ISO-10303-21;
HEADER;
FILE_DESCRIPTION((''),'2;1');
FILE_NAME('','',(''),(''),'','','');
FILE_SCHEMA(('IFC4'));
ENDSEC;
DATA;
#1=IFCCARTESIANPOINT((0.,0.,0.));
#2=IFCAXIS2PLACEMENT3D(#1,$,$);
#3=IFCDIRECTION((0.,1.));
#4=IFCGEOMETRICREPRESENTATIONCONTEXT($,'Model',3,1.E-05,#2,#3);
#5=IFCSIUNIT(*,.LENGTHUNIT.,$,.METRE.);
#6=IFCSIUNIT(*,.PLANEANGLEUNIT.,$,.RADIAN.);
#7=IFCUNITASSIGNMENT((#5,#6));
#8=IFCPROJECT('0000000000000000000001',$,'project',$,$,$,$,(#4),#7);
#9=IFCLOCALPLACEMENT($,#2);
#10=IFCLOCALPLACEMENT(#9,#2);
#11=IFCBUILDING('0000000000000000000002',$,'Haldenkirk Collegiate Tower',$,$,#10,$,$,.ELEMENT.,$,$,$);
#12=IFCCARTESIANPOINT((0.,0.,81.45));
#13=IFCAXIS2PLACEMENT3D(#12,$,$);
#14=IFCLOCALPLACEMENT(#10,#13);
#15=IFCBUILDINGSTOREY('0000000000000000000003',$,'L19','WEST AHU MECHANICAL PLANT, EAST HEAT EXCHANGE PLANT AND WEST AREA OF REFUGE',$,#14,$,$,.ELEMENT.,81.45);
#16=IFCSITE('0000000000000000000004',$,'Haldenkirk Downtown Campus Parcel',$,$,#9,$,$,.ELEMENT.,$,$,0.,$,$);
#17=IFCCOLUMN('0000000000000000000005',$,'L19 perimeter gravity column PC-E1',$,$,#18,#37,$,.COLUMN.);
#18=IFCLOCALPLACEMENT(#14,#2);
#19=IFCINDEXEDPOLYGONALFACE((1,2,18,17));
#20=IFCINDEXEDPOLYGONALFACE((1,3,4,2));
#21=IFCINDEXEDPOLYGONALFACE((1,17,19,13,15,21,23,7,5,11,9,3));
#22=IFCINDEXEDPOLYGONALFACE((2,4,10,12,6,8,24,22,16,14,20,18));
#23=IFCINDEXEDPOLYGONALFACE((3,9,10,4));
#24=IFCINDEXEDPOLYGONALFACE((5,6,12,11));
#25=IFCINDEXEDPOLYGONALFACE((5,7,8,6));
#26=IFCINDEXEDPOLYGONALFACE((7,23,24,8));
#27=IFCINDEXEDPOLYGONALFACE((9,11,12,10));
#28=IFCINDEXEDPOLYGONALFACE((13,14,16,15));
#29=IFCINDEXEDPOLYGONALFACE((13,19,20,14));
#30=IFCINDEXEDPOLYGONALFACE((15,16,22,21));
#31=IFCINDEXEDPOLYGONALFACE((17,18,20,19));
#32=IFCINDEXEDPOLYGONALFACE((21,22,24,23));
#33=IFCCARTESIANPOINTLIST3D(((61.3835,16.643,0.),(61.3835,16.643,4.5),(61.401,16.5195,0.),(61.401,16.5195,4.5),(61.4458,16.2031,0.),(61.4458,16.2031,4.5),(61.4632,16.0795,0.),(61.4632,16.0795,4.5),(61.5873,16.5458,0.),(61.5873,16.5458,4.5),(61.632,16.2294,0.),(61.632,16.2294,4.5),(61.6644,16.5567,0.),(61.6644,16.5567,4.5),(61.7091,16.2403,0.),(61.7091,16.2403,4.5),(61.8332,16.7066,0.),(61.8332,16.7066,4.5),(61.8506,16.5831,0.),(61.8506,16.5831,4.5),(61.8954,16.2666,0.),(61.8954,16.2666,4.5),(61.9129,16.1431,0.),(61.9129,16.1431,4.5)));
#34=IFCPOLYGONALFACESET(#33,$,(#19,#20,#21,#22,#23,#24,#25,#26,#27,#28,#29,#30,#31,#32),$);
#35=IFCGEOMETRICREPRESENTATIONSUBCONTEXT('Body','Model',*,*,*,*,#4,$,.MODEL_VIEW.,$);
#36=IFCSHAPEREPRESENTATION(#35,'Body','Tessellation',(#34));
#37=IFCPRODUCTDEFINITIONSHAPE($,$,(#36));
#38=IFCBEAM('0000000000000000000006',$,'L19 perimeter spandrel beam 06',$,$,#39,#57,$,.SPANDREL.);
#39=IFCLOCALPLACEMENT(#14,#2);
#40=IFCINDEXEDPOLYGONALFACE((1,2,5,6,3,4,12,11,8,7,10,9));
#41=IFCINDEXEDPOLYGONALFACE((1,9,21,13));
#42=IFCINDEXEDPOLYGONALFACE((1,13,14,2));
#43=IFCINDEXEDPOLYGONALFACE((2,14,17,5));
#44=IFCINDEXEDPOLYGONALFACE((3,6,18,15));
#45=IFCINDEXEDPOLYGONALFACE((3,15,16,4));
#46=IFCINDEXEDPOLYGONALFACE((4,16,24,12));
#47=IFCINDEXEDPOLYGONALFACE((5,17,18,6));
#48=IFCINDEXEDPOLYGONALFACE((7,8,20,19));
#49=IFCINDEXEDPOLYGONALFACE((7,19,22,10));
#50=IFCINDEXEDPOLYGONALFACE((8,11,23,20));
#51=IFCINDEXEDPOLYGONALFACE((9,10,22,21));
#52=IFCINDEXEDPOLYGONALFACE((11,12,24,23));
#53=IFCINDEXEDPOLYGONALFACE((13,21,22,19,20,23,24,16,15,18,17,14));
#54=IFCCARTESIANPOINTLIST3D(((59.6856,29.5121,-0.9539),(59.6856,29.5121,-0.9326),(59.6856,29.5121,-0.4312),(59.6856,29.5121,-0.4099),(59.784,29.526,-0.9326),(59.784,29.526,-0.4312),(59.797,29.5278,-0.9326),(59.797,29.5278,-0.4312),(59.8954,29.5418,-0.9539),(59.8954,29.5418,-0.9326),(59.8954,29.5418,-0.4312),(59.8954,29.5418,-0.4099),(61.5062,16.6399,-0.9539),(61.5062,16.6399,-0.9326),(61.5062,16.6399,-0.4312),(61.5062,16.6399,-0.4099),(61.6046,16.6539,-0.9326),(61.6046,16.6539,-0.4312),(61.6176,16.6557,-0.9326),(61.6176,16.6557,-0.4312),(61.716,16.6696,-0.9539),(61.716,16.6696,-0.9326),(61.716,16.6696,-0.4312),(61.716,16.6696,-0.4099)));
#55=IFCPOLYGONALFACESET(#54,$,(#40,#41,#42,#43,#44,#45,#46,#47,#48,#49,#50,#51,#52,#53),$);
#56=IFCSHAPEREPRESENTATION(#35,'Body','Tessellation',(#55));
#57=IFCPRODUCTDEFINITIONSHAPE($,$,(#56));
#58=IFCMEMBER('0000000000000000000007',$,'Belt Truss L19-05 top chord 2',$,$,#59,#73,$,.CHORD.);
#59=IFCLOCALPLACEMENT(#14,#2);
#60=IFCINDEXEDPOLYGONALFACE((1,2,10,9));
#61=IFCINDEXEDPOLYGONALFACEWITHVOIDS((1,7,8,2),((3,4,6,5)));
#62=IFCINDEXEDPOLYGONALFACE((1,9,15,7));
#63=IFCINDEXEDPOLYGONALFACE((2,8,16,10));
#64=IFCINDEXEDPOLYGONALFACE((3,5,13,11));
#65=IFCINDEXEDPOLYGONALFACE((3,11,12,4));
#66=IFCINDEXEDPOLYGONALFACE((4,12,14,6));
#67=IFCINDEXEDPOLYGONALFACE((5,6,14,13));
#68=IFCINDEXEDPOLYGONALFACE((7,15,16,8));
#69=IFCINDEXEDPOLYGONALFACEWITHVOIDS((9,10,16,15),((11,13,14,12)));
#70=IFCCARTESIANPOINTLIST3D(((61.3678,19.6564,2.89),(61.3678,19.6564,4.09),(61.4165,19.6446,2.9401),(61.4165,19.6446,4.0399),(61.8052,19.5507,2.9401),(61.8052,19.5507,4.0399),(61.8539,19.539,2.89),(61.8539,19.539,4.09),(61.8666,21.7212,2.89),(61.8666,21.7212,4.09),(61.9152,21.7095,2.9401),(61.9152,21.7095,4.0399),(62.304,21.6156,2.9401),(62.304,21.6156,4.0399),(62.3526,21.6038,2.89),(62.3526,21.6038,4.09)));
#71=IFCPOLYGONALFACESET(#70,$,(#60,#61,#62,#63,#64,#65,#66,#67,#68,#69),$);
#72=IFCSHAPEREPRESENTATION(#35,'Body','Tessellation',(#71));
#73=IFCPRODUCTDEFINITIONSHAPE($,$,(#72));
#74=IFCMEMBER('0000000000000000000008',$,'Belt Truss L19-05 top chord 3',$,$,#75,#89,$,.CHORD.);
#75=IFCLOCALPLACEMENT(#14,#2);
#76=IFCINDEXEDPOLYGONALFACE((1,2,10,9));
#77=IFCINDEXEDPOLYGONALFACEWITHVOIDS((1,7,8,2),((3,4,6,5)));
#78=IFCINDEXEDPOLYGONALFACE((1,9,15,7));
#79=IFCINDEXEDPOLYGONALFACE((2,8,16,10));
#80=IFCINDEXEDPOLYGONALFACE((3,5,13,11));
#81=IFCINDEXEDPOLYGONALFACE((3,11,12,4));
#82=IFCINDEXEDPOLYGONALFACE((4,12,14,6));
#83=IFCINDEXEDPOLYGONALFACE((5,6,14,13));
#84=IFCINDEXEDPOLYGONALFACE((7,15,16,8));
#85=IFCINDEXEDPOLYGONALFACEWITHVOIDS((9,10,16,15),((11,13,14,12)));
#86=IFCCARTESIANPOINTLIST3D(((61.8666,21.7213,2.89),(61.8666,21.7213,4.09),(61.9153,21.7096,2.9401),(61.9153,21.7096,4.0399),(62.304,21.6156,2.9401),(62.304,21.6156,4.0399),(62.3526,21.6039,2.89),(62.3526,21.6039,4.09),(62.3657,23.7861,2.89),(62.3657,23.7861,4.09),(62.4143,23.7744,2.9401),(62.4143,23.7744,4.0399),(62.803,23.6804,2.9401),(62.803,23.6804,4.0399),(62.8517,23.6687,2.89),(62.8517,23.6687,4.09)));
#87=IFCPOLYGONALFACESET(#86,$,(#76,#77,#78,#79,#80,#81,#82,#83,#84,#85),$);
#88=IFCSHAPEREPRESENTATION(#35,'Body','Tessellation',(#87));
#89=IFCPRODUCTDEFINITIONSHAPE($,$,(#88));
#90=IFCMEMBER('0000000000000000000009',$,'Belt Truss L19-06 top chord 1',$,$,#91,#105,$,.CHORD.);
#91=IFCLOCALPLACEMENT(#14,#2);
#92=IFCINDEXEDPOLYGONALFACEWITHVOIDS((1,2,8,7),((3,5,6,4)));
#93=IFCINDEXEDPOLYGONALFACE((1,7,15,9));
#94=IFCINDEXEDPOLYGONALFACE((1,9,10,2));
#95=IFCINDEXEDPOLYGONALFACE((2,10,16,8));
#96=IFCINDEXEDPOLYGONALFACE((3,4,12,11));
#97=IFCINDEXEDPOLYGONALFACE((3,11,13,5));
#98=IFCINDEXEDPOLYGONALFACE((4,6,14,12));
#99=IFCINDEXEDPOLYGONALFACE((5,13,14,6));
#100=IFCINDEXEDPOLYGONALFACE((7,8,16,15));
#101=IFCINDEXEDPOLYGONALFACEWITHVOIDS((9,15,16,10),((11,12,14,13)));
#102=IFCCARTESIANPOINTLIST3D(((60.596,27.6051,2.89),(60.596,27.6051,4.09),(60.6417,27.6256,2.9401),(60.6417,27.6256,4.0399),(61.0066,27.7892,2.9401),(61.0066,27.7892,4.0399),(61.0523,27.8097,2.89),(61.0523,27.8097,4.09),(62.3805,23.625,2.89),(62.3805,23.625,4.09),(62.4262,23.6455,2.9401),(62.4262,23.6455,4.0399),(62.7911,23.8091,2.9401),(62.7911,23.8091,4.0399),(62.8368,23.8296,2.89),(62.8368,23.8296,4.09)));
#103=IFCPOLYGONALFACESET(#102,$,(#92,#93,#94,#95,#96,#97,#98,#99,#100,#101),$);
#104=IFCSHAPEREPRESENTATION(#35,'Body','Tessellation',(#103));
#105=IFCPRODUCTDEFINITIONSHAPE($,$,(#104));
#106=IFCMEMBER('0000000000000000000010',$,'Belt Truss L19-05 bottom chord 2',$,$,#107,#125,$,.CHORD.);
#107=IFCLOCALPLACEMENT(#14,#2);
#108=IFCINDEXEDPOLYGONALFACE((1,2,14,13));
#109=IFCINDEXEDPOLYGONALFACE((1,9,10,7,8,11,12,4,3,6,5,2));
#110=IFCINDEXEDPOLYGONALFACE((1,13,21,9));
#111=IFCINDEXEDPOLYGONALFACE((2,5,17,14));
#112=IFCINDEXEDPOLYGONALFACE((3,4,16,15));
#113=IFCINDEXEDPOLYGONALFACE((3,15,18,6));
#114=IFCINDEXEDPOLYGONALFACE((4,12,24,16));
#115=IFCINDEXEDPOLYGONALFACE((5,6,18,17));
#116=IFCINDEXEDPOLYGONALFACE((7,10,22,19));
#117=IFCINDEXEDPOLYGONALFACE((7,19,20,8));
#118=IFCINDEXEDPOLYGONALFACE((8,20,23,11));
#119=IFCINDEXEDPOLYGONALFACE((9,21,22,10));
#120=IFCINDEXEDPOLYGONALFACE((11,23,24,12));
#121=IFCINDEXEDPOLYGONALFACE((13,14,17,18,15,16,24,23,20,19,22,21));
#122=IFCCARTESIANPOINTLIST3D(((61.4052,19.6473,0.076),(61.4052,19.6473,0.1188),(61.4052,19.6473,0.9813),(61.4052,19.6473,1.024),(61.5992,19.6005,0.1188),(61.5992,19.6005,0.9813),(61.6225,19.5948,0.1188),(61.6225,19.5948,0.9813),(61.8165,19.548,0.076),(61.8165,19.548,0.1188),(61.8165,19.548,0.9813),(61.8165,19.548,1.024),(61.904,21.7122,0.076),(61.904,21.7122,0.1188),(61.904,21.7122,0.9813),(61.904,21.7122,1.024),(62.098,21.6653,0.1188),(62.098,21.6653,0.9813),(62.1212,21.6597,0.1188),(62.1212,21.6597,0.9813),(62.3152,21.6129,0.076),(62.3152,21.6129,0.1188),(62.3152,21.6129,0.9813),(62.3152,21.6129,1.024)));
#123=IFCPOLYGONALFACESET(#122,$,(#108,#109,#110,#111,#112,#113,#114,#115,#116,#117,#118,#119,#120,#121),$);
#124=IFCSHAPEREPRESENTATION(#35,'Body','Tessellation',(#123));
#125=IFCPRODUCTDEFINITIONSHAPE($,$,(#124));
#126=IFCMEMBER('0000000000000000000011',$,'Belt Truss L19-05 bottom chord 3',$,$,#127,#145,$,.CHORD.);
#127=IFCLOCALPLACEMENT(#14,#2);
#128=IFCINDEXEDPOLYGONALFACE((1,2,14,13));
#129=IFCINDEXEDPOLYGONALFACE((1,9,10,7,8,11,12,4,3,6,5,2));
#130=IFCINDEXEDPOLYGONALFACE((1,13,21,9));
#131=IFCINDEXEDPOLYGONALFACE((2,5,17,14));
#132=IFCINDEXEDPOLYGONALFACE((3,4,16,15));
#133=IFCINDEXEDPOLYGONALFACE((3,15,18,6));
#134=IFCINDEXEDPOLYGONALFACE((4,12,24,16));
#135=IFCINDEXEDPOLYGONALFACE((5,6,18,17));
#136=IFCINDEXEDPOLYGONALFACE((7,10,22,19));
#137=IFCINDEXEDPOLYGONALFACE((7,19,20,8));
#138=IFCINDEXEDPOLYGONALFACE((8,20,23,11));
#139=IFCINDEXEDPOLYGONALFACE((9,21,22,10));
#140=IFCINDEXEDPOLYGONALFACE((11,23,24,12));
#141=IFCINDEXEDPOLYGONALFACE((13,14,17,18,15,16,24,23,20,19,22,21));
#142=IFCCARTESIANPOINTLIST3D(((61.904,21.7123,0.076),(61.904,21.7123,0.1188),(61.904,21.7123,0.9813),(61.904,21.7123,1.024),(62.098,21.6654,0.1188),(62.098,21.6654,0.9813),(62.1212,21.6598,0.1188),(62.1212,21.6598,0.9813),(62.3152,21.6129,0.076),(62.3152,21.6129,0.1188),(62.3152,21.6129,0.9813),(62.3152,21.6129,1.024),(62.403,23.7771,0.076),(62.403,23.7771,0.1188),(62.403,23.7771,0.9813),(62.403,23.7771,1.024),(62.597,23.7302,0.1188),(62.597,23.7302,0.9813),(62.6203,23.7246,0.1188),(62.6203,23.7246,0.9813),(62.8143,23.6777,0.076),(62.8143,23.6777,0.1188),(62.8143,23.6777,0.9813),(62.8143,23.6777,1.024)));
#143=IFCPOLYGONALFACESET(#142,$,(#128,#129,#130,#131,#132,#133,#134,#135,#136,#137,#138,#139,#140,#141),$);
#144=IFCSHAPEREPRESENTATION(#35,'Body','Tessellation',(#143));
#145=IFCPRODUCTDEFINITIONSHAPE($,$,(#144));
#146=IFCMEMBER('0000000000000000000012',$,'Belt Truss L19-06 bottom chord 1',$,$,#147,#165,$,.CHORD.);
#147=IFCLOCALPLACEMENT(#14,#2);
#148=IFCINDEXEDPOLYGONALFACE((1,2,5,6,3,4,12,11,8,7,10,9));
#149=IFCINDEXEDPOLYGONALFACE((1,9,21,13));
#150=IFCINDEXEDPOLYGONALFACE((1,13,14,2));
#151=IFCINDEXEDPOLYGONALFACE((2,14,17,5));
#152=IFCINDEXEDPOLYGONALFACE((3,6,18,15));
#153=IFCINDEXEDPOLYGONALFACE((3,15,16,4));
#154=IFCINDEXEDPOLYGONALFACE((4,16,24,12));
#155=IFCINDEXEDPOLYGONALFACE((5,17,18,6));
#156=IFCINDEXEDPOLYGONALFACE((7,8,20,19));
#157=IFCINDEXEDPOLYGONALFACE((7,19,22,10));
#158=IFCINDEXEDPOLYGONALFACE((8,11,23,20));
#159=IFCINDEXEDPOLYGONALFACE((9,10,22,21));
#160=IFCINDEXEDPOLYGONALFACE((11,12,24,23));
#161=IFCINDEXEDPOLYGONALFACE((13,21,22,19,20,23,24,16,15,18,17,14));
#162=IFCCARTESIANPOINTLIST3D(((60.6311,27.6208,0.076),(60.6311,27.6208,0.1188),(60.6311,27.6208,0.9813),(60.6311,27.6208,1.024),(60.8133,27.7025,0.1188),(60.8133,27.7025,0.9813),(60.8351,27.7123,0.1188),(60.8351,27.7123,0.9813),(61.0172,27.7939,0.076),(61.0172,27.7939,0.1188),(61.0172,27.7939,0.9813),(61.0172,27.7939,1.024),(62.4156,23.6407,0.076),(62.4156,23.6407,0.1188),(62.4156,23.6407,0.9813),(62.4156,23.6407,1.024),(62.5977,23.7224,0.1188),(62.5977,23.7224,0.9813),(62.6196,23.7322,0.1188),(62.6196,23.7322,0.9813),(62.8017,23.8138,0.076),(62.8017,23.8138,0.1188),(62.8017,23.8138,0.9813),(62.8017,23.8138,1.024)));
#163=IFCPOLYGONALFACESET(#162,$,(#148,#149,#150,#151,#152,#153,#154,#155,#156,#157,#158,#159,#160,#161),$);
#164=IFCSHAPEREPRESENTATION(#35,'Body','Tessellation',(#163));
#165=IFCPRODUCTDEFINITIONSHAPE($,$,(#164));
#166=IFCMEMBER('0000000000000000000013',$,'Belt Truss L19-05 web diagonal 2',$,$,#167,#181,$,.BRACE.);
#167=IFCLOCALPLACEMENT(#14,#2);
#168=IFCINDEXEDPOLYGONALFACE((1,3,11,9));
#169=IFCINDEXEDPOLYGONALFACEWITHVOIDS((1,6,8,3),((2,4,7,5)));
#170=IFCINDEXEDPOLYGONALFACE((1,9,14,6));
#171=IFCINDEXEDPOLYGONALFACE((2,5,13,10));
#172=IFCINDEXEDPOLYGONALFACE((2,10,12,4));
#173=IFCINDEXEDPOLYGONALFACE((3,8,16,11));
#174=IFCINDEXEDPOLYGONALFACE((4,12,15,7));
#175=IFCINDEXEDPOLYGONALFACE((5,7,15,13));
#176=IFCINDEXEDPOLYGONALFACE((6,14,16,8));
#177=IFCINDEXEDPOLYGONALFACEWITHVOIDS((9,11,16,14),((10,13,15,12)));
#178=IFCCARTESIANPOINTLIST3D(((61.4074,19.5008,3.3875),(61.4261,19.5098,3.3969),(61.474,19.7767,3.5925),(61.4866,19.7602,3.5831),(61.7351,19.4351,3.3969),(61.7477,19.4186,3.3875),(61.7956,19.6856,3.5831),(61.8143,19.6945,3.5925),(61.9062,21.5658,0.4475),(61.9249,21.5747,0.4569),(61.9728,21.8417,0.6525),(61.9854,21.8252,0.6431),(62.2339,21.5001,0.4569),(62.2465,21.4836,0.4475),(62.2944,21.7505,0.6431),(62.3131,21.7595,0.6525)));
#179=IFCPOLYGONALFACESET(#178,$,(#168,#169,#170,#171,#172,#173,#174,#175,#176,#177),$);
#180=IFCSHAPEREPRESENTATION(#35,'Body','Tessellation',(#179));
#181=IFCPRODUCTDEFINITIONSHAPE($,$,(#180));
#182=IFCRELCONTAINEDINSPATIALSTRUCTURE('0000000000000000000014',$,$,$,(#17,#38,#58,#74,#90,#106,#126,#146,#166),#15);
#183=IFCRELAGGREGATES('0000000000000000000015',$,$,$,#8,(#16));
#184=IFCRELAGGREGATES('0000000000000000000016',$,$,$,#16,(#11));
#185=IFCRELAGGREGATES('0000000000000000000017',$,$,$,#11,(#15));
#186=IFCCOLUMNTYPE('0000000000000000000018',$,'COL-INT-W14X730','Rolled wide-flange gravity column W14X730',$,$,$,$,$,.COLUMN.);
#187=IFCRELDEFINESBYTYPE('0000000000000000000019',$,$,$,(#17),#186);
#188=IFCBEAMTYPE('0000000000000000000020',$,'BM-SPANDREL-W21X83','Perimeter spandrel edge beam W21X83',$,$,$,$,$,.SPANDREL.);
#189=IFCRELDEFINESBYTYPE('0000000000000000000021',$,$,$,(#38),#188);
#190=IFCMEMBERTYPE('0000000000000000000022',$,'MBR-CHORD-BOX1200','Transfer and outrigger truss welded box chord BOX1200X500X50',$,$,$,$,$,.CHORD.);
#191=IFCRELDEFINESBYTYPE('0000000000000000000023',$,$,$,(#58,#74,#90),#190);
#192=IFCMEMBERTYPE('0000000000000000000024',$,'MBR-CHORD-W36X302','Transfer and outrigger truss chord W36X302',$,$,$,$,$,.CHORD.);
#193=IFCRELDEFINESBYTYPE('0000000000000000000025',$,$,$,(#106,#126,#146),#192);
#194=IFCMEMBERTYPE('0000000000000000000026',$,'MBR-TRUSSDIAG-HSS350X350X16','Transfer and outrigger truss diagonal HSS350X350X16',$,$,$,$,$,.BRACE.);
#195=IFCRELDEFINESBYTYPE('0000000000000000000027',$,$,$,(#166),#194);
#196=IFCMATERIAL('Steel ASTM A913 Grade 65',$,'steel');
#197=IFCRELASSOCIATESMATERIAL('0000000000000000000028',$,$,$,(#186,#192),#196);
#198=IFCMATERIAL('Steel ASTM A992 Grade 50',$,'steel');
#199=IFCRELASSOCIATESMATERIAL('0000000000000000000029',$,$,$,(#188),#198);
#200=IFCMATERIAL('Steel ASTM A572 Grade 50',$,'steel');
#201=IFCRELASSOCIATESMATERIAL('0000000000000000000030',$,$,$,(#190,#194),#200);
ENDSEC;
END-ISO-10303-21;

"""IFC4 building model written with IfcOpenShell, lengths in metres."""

from ifc_helpers import new_model, si_unit, direction, frame, origin, origin_2d, place, context, subcontext, project, spatial, hollow_rectangle, i_section, extrude, material, material_profile, profile_set, type_object, element, save


model = new_model("IFC4")

# Units and contexts
model_context = context("Model", 3, precision=1e-05, world=origin(), true_north=direction((0.0, 1.0)))
body_context = subcontext(model_context, "Body", "Model", "MODEL_VIEW")
ifc_project = project(units=[si_unit("LENGTHUNIT", "METRE"), si_unit("PLANEANGLEUNIT", "RADIAN")], contexts=[model_context])

# Site, building, storey
site_placement = place(None, origin())
site = spatial("IfcSite", under=ifc_project, at=site_placement, Name="Haldenkirk Downtown Campus Parcel", CompositionType="ELEMENT", RefElevation=0.0)
building_placement = place(site_placement, origin())
building = spatial("IfcBuilding", under=site, at=building_placement, Name="Haldenkirk Collegiate Tower", CompositionType="ELEMENT")
storey_placement = place(building_placement, frame((0.0, 0.0, 81.45)))
storey = spatial("IfcBuildingStorey", under=building, at=storey_placement, Name="L19", Description="WEST AHU MECHANICAL PLANT, EAST HEAT EXCHANGE PLANT AND WEST AREA OF REFUGE", CompositionType="ELEMENT", Elevation=81.45)

# Column
ifc_material_1 = material(Name="Steel ASTM A913 Grade 65", Category="steel")
ifc_material_profile_1 = material_profile(ifc_material_1, i_section(OverallWidth=0.4541, OverallDepth=0.5691, WebThickness=0.0779, FlangeThickness=0.1248, at=origin_2d()), Name="W14X730")
ifc_profile_set_1 = profile_set([ifc_material_profile_1], Name="Steel ASTM A913 Grade 65")
column_type = type_object("IfcColumnType", Name="COL-INT-W14X730", Description="Rolled wide-flange gravity column W14X730", PredefinedType="COLUMN", material=ifc_profile_set_1)
column_placement = place(storey_placement, frame((61.6482, 16.3931, 0.0), z_axis=(0.0, 0.0, 1.0), x_axis=(0.990146, 0.140037, 0.0)))
element("IfcColumn", 1, at=column_placement, inside=storey, type_object=column_type, Name="L19 perimeter gravity column PC-E1", PredefinedType="COLUMN", context=body_context, shape_type="SweptSolid", body=[
    extrude(i_section(OverallWidth=0.4541, OverallDepth=0.5691, WebThickness=0.0779, FlangeThickness=0.1248, at=origin_2d()), origin(), (0.0, 0.0, 1.0), 4.5),
])

# Beam
ifc_material_2 = material(Name="Steel ASTM A992 Grade 50", Category="steel")
ifc_material_profile_2 = material_profile(ifc_material_2, i_section(OverallWidth=0.2119, OverallDepth=0.5439, WebThickness=0.0132, FlangeThickness=0.0212, at=origin_2d()), Name="W21X83")
ifc_profile_set_2 = profile_set([ifc_material_profile_2], Name="Steel ASTM A992 Grade 50")
beam_type = type_object("IfcBeamType", Name="BM-SPANDREL-W21X83", Description="Perimeter spandrel edge beam W21X83", PredefinedType="SPANDREL", material=ifc_profile_set_2)
beam_placement = place(storey_placement, frame((61.6111, 16.6548, -0.6819), z_axis=(-0.140041, 0.990146, 0.0), x_axis=(-0.990146, -0.140041, 0.0)))
element("IfcBeam", 2, at=beam_placement, inside=storey, type_object=beam_type, Name="L19 perimeter spandrel beam 06", PredefinedType="SPANDREL", context=body_context, shape_type="SweptSolid", body=[
    extrude(i_section(OverallWidth=0.2119, OverallDepth=0.5439, WebThickness=0.0132, FlangeThickness=0.0212, at=origin_2d()), origin(), (0.0, 0.0, 1.0), 13.0002),
])

# Members
ifc_material_3 = material(Name="Steel ASTM A572 Grade 50", Category="steel")
ifc_material_profile_3 = material_profile(ifc_material_3, hollow_rectangle(XDim=0.5, YDim=1.2, WallThickness=0.05, at=origin_2d()), Name="BOX1200X500X50")
ifc_profile_set_3 = profile_set([ifc_material_profile_3], Name="Steel ASTM A572 Grade 50")
member_type_1 = type_object("IfcMemberType", Name="MBR-CHORD-BOX1200", Description="Transfer and outrigger truss welded box chord BOX1200X500X50", PredefinedType="CHORD", material=ifc_profile_set_3)
for number, where, z_axis, x_axis, name in (
    (3, (61.6108, 19.5977, 3.49), (0.234794, 0.972045, 0.0), (-0.972045, 0.234794, 0.0), "Belt Truss L19-05 top chord 2"),
    (4, (62.1096, 21.6626, 3.49), (0.234929, 0.972013, 0.0), (-0.972013, 0.234929, 0.0), "Belt Truss L19-05 top chord 3"),
):
    element("IfcMember", number, at=place(storey_placement, frame(where, z_axis=z_axis, x_axis=x_axis)), inside=storey, type_object=member_type_1, Name=name, PredefinedType="CHORD", context=body_context, shape_type="SweptSolid", body=[
        extrude(hollow_rectangle(XDim=0.5, YDim=1.2, WallThickness=0.05, at=origin_2d()), origin(), (0.0, 0.0, 1.0), 2.1243),
    ])
member_1_placement = place(storey_placement, frame((62.6086, 23.7273, 3.49), z_axis=(-0.409112, 0.912484, 0.0), x_axis=(-0.912484, -0.409112, 0.0)))
element("IfcMember", 5, at=member_1_placement, inside=storey, type_object=member_type_1, Name="Belt Truss L19-06 top chord 1", PredefinedType="CHORD", context=body_context, shape_type="SweptSolid", body=[
    extrude(hollow_rectangle(XDim=0.5, YDim=1.2, WallThickness=0.05, at=origin_2d()), origin(), (0.0, 0.0, 1.0), 4.3618),
])
ifc_material_profile_4 = material_profile(ifc_material_1, i_section(OverallWidth=0.4231, OverallDepth=0.948, WebThickness=0.0239, FlangeThickness=0.0427, at=origin_2d()), Name="W36X302")
ifc_profile_set_4 = profile_set([ifc_material_profile_4], Name="Steel ASTM A913 Grade 65")
member_type_2 = type_object("IfcMemberType", Name="MBR-CHORD-W36X302", Description="Transfer and outrigger truss chord W36X302", PredefinedType="CHORD", material=ifc_profile_set_4)
for number, where, z_axis, x_axis, name in (
    (6, (61.6108, 19.5977, 0.55), (0.234794, 0.972045, 0.0), (-0.972045, 0.234794, 0.0), "Belt Truss L19-05 bottom chord 2"),
    (7, (62.1096, 21.6626, 0.55), (0.234929, 0.972013, 0.0), (-0.972013, 0.234929, 0.0), "Belt Truss L19-05 bottom chord 3"),
):
    element("IfcMember", number, at=place(storey_placement, frame(where, z_axis=z_axis, x_axis=x_axis)), inside=storey, type_object=member_type_2, Name=name, PredefinedType="CHORD", context=body_context, shape_type="SweptSolid", body=[
        extrude(i_section(OverallWidth=0.4231, OverallDepth=0.948, WebThickness=0.0239, FlangeThickness=0.0427, at=origin_2d()), origin(), (0.0, 0.0, 1.0), 2.1243),
    ])
member_2_placement = place(storey_placement, frame((62.6086, 23.7273, 0.55), z_axis=(-0.409112, 0.912484, 0.0), x_axis=(-0.912484, -0.409112, 0.0)))
element("IfcMember", 8, at=member_2_placement, inside=storey, type_object=member_type_2, Name="Belt Truss L19-06 bottom chord 1", PredefinedType="CHORD", context=body_context, shape_type="SweptSolid", body=[
    extrude(i_section(OverallWidth=0.4231, OverallDepth=0.948, WebThickness=0.0239, FlangeThickness=0.0427, at=origin_2d()), origin(), (0.0, 0.0, 1.0), 4.3618),
])
ifc_material_profile_5 = material_profile(ifc_material_3, hollow_rectangle(XDim=0.3501, YDim=0.3501, WallThickness=0.0161, at=origin_2d()), Name="HSS350X350X16")
ifc_profile_set_5 = profile_set([ifc_material_profile_5], Name="Steel ASTM A572 Grade 50")
member_type_3 = type_object("IfcMemberType", Name="MBR-TRUSSDIAG-HSS350X350X16", Description="Transfer and outrigger truss diagonal HSS350X350X16", PredefinedType="BRACE", material=ifc_profile_set_5)
member_3_placement = place(storey_placement, frame((61.6108, 19.5977, 3.49), z_axis=(0.137514, 0.569306, -0.810544), x_axis=(-0.972045, 0.234794, 0.0)))
element("IfcMember", 9, at=member_3_placement, inside=storey, type_object=member_type_3, Name="Belt Truss L19-05 web diagonal 2", PredefinedType="BRACE", context=body_context, shape_type="SweptSolid", body=[
    extrude(hollow_rectangle(XDim=0.3501, YDim=0.3501, WallThickness=0.0161, at=origin_2d()), origin(), (0.0, 0.0, 1.0), 3.6272),
])

save(model, "model.ifc")
